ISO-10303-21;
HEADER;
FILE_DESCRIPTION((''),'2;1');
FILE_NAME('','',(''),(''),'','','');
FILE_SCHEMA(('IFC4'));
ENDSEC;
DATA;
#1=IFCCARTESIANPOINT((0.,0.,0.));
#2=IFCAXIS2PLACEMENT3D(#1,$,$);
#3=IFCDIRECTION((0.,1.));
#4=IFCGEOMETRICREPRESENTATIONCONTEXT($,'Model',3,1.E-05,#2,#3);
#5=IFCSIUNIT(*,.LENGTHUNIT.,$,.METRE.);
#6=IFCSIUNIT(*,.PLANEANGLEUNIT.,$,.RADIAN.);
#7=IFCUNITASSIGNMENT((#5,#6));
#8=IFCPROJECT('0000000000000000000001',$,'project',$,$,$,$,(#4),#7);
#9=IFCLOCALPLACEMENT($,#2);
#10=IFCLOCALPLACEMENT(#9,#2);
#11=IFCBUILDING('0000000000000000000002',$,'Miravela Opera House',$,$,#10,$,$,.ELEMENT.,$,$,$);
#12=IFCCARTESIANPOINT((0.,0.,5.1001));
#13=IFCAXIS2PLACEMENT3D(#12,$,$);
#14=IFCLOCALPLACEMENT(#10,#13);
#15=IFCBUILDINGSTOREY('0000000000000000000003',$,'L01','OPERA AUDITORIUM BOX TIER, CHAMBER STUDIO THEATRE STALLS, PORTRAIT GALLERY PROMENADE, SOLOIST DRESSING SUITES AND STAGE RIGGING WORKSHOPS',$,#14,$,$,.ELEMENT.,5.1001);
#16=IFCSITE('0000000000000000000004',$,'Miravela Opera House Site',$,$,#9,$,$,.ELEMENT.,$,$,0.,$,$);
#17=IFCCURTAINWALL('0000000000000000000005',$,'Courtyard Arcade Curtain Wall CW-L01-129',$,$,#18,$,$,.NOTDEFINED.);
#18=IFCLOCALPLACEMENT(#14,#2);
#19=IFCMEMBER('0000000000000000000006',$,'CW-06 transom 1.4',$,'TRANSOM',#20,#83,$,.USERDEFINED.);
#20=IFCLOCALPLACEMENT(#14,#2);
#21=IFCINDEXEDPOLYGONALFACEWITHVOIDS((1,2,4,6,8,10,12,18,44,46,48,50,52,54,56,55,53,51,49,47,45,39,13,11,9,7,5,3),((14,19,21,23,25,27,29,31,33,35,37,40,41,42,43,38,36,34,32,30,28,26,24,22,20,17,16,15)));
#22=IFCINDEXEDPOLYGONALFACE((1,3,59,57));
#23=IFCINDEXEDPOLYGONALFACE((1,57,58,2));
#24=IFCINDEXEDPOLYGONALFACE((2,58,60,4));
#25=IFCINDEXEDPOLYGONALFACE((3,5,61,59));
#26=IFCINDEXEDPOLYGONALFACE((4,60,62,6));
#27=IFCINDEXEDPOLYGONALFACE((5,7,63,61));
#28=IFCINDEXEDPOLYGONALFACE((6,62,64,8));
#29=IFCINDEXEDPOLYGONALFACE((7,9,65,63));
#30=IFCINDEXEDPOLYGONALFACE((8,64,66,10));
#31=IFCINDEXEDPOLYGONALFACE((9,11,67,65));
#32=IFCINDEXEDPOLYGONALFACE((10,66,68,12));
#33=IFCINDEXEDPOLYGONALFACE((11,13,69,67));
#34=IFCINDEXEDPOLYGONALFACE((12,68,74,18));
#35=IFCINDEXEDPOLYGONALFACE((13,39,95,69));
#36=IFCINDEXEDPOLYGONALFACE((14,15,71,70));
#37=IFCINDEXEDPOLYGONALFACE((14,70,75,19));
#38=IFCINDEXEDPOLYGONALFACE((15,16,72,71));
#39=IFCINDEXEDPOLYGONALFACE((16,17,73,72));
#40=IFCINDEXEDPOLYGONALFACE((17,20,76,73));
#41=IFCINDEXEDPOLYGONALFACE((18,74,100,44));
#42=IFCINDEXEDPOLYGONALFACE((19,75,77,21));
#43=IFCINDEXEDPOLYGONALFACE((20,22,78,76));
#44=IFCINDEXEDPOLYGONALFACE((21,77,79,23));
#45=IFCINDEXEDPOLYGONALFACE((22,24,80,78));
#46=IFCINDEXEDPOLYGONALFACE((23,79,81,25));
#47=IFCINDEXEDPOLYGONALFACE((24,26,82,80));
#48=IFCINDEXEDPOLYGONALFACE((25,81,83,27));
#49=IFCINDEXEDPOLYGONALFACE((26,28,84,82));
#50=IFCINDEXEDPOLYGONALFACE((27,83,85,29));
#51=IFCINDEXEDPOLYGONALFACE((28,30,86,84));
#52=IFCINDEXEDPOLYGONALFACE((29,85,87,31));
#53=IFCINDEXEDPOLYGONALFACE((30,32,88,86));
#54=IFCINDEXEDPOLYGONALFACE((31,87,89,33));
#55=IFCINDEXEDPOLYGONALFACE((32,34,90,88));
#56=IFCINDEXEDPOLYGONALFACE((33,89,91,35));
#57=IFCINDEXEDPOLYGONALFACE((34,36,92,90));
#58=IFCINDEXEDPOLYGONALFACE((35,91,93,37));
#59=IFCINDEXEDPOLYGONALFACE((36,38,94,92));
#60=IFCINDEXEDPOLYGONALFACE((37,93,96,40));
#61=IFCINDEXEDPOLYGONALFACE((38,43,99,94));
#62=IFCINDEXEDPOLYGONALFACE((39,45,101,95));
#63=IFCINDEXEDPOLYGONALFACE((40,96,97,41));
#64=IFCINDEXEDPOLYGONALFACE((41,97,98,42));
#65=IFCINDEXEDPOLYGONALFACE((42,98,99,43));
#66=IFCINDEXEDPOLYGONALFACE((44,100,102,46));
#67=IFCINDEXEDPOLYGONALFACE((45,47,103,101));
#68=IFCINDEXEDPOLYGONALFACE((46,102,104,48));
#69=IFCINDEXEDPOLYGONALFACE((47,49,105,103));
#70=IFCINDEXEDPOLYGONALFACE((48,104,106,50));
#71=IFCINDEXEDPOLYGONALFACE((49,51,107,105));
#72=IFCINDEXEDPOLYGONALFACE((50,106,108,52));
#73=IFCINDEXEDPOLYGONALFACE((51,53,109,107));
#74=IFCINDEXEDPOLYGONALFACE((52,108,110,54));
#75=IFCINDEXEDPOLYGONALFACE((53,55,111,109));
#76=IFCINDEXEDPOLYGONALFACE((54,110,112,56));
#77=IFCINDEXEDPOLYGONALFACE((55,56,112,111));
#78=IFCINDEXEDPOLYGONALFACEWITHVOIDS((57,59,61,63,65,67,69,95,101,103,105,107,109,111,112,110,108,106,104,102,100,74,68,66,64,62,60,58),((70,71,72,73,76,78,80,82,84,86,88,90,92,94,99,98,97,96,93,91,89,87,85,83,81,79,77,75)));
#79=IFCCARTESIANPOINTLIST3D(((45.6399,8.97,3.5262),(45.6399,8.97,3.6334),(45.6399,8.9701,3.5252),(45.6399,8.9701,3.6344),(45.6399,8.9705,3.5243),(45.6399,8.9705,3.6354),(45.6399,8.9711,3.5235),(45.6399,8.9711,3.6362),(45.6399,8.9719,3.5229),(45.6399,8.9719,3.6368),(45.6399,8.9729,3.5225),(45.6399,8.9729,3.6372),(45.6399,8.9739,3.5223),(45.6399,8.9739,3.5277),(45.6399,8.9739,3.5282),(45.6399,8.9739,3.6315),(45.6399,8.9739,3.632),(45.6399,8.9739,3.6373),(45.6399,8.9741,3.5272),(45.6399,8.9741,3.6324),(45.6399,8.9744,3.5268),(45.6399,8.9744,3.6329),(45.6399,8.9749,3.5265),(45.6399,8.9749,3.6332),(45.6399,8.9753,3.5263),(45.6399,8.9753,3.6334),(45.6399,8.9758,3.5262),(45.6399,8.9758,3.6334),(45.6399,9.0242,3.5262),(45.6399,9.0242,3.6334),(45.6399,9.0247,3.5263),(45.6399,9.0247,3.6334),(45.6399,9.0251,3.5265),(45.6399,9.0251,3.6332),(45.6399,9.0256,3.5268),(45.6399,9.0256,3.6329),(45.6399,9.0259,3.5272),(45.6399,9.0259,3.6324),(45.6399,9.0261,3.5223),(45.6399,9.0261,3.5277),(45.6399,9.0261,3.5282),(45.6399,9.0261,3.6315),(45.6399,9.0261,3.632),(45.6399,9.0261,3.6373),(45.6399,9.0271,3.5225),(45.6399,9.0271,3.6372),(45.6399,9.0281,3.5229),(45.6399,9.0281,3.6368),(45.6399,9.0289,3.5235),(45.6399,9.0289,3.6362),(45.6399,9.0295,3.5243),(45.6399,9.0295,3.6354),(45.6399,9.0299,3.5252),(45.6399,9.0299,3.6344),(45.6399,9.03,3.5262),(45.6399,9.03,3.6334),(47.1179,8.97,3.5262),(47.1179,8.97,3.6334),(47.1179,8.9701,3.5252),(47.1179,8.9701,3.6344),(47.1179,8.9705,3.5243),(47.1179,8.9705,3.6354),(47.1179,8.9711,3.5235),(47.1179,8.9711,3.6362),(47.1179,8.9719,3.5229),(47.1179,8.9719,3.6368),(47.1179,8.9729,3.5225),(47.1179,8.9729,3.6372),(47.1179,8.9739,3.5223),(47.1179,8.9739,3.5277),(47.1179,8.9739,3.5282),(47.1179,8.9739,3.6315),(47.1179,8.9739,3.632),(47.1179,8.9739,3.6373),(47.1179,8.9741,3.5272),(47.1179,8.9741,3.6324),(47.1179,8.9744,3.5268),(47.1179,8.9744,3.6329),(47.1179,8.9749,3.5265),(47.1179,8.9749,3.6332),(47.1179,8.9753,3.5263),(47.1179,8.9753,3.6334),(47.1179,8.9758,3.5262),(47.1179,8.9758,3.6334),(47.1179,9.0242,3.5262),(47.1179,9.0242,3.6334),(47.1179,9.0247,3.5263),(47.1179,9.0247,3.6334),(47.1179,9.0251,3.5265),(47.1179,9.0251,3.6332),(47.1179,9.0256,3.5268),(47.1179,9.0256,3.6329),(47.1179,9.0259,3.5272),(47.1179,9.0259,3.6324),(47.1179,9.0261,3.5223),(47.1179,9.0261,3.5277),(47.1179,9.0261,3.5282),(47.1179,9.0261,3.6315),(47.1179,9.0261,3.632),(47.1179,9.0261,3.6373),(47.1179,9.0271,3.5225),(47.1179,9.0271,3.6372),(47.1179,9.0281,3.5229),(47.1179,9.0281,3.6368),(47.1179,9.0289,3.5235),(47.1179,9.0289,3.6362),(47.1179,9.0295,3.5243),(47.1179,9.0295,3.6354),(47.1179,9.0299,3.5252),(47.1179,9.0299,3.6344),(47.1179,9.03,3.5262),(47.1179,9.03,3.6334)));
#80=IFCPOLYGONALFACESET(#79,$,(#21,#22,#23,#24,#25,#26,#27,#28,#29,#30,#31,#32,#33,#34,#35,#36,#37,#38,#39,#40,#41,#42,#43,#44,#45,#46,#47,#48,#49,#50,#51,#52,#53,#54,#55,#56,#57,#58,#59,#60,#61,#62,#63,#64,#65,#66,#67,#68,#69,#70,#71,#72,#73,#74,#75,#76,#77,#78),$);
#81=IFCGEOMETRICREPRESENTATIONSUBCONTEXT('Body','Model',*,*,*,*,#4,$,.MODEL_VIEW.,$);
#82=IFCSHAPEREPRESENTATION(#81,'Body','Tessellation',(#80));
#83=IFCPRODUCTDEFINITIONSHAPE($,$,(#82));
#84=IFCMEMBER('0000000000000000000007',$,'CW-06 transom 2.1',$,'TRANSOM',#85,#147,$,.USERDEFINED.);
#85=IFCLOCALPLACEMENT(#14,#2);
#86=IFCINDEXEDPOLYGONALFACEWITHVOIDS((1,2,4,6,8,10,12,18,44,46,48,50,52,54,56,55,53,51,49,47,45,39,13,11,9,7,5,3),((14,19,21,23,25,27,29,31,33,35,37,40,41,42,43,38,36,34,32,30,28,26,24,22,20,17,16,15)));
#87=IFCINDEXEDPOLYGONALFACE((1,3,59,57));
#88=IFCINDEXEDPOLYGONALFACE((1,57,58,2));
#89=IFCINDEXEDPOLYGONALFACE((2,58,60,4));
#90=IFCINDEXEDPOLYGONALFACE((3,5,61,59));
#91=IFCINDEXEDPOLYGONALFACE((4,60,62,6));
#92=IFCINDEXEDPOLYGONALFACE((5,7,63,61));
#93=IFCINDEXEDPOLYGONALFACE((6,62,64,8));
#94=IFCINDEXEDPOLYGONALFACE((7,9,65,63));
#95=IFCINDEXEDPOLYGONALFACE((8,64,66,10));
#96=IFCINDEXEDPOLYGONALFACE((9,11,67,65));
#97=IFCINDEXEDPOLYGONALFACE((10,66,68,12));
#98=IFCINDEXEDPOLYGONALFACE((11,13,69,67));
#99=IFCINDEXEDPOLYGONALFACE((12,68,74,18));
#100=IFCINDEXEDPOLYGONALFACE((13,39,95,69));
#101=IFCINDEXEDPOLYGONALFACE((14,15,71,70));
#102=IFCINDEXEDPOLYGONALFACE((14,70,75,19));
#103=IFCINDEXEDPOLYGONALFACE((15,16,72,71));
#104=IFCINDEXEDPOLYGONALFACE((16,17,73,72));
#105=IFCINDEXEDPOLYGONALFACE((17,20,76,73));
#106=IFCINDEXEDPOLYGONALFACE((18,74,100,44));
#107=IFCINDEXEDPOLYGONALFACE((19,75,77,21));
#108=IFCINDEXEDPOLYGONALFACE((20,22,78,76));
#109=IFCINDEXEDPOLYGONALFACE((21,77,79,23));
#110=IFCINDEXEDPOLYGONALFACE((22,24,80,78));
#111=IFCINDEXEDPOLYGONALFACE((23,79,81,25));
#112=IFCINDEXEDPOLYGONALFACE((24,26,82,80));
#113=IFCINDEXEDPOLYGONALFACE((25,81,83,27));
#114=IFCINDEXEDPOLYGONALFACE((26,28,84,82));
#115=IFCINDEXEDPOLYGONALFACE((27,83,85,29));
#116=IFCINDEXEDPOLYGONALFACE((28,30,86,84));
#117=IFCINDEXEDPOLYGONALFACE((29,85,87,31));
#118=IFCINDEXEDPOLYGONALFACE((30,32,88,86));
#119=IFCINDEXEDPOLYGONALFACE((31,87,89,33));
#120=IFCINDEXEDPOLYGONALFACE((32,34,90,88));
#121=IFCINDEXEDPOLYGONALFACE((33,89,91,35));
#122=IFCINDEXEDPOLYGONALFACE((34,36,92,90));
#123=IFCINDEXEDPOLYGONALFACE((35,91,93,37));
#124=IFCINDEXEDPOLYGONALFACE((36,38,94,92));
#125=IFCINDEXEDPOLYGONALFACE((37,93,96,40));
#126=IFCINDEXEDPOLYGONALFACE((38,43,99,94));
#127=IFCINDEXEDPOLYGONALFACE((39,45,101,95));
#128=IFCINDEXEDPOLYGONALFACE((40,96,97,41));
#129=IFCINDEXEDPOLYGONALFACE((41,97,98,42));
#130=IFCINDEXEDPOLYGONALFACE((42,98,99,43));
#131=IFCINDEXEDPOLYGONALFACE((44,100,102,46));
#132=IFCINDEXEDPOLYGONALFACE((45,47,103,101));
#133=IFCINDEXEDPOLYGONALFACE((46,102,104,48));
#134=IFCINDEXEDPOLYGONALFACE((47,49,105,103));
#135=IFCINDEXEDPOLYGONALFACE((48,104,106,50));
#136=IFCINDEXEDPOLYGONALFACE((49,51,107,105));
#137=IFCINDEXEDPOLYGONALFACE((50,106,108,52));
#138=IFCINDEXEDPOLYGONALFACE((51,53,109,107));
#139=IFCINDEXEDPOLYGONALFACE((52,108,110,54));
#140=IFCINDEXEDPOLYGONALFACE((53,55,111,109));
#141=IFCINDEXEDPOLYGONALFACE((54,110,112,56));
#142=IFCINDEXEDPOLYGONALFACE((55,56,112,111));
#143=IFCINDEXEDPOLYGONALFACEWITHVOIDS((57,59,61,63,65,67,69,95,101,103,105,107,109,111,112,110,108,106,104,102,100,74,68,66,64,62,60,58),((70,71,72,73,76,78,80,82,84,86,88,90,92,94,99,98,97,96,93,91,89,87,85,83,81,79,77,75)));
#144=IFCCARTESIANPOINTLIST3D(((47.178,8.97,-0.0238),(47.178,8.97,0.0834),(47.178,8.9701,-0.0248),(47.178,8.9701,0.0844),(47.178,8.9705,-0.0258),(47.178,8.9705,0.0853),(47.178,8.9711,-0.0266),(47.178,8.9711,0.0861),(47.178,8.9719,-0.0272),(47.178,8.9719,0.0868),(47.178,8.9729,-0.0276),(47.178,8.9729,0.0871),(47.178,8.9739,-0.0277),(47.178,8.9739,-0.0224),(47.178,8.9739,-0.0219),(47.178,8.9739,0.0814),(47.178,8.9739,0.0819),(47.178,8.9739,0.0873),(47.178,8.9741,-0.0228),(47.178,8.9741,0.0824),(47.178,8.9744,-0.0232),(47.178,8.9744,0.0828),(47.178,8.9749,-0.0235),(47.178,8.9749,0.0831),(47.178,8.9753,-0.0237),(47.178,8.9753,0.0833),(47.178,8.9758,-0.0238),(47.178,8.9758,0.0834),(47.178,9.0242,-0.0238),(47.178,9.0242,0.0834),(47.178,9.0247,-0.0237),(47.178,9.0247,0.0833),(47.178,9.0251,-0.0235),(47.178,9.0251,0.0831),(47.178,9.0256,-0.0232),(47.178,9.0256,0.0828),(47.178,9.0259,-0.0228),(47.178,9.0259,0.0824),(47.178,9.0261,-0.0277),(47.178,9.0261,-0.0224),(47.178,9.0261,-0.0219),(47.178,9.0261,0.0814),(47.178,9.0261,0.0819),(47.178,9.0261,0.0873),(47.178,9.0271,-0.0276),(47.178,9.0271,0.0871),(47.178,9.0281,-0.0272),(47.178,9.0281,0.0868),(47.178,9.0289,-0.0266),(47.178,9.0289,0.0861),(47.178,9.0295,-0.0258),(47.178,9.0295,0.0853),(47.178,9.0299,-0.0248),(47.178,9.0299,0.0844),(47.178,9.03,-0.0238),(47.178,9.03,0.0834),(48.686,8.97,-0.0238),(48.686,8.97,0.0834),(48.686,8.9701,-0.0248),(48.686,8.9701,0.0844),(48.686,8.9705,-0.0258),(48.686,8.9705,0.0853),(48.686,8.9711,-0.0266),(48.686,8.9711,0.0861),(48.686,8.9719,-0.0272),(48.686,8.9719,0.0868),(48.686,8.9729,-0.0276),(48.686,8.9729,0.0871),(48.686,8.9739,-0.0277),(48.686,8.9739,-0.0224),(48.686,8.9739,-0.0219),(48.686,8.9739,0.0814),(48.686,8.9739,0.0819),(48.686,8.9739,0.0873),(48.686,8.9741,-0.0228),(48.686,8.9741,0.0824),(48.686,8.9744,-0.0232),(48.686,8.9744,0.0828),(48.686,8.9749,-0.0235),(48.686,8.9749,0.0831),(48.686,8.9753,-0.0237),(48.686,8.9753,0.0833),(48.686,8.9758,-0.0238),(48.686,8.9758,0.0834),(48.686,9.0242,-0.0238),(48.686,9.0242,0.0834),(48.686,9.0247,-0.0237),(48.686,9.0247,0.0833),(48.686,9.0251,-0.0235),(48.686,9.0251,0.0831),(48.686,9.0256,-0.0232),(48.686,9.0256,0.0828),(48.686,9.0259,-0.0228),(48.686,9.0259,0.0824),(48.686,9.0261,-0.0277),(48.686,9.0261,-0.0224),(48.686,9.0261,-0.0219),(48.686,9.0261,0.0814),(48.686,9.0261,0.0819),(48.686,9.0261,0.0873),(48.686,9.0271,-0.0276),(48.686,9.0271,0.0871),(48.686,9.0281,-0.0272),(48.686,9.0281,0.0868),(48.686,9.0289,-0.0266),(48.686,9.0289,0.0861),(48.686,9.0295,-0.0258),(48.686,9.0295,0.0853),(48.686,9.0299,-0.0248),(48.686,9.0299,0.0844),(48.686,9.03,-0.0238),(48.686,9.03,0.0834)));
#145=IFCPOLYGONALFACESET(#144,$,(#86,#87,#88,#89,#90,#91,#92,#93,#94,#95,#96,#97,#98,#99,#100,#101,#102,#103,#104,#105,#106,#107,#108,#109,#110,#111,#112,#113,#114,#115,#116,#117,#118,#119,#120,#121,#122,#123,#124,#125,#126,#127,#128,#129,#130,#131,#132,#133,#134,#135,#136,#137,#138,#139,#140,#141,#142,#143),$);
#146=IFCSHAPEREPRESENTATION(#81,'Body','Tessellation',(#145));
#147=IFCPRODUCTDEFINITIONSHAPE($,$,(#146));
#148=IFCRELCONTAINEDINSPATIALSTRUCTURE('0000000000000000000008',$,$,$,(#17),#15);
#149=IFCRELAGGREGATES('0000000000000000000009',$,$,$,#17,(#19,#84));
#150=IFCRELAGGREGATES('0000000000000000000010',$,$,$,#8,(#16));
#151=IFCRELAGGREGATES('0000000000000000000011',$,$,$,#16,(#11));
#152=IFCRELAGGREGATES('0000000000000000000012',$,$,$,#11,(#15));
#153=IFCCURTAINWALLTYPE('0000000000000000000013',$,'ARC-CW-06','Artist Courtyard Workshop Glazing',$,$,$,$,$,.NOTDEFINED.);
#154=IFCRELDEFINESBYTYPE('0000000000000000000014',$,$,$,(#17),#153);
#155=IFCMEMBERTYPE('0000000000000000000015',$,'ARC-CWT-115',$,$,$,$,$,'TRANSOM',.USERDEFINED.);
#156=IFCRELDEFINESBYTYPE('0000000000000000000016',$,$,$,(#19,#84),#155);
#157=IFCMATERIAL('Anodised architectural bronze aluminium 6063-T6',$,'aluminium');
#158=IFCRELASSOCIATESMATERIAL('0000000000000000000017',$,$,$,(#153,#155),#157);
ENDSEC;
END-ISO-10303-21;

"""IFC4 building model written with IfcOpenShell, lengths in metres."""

from ifc_helpers import new_model, si_unit, direction, frame, origin, origin_2d, place, context, subcontext, project, spatial, hollow_rectangle, extrude, material, material_profile, profile_set, type_object, element, aggregate, save


model = new_model("IFC4")

# Units and contexts
model_context = context("Model", 3, precision=1e-05, world=origin(), true_north=direction((0.0, 1.0)))
body_context = subcontext(model_context, "Body", "Model", "MODEL_VIEW")
ifc_project = project(units=[si_unit("LENGTHUNIT", "METRE"), si_unit("PLANEANGLEUNIT", "RADIAN")], contexts=[model_context])

# Site, building, storey
site_placement = place(None, origin())
site = spatial("IfcSite", under=ifc_project, at=site_placement, Name="Miravela Opera House Site", CompositionType="ELEMENT", RefElevation=0.0)
building_placement = place(site_placement, origin())
building = spatial("IfcBuilding", under=site, at=building_placement, Name="Miravela Opera House", CompositionType="ELEMENT")
storey_placement = place(building_placement, frame((0.0, 0.0, 5.1001)))
storey = spatial("IfcBuildingStorey", under=building, at=storey_placement, Name="L01", Description="OPERA AUDITORIUM BOX TIER, CHAMBER STUDIO THEATRE STALLS, PORTRAIT GALLERY PROMENADE, SOLOIST DRESSING SUITES AND STAGE RIGGING WORKSHOPS", CompositionType="ELEMENT", Elevation=5.1001)

# Curtain wall, members
ifc_material_1 = material(Name="Anodised architectural bronze aluminium 6063-T6", Category="aluminium")
curtain_wall_type = type_object("IfcCurtainWallType", Name="ARC-CW-06", Description="Artist Courtyard Workshop Glazing", PredefinedType="NOTDEFINED", material=ifc_material_1)
curtain_wall_placement = place(storey_placement, origin())
curtain_wall = element("IfcCurtainWall", 1, at=curtain_wall_placement, inside=storey, type_object=curtain_wall_type, Name="Courtyard Arcade Curtain Wall CW-L01-129", PredefinedType="NOTDEFINED")
ifc_material_profile_1 = material_profile(ifc_material_1, hollow_rectangle(XDim=0.0601, YDim=0.115, WallThickness=0.0039, InnerFilletRadius=0.002, OuterFilletRadius=0.0039, at=origin_2d()), Name="CWT-60X115")
ifc_profile_set_1 = profile_set([ifc_material_profile_1])
member_type_1 = type_object("IfcMemberType", Name="ARC-CWT-115", ElementType="TRANSOM", PredefinedType="USERDEFINED", material=ifc_profile_set_1)
member_1_placement = place(storey_placement, frame((45.6399, 9.0, 3.5798), z_axis=(1.0, 0.0, 0.0), x_axis=(0.0, 1.0, 0.0)))
member_1 = element("IfcMember", 2, at=member_1_placement, type_object=member_type_1, Name="CW-06 transom 1.4", ObjectType="TRANSOM", PredefinedType="USERDEFINED", context=body_context, shape_type="SweptSolid", body=[
    extrude(hollow_rectangle(XDim=0.0601, YDim=0.115, WallThickness=0.0039, InnerFilletRadius=0.002, OuterFilletRadius=0.0039, at=origin_2d()), origin(), (0.0, 0.0, 1.0), 1.478),
])
member_2_placement = place(storey_placement, frame((47.178, 9.0, 0.0298), z_axis=(1.0, 0.0, 0.0), x_axis=(0.0, 1.0, 0.0)))
member_2 = element("IfcMember", 3, at=member_2_placement, type_object=member_type_1, Name="CW-06 transom 2.1", ObjectType="TRANSOM", PredefinedType="USERDEFINED", context=body_context, shape_type="SweptSolid", body=[
    extrude(hollow_rectangle(XDim=0.0601, YDim=0.115, WallThickness=0.0039, InnerFilletRadius=0.002, OuterFilletRadius=0.0039, at=origin_2d()), origin(), (0.0, 0.0, 1.0), 1.5081),
])

aggregate(curtain_wall, [member_1, member_2])

save(model, "model.ifc")
